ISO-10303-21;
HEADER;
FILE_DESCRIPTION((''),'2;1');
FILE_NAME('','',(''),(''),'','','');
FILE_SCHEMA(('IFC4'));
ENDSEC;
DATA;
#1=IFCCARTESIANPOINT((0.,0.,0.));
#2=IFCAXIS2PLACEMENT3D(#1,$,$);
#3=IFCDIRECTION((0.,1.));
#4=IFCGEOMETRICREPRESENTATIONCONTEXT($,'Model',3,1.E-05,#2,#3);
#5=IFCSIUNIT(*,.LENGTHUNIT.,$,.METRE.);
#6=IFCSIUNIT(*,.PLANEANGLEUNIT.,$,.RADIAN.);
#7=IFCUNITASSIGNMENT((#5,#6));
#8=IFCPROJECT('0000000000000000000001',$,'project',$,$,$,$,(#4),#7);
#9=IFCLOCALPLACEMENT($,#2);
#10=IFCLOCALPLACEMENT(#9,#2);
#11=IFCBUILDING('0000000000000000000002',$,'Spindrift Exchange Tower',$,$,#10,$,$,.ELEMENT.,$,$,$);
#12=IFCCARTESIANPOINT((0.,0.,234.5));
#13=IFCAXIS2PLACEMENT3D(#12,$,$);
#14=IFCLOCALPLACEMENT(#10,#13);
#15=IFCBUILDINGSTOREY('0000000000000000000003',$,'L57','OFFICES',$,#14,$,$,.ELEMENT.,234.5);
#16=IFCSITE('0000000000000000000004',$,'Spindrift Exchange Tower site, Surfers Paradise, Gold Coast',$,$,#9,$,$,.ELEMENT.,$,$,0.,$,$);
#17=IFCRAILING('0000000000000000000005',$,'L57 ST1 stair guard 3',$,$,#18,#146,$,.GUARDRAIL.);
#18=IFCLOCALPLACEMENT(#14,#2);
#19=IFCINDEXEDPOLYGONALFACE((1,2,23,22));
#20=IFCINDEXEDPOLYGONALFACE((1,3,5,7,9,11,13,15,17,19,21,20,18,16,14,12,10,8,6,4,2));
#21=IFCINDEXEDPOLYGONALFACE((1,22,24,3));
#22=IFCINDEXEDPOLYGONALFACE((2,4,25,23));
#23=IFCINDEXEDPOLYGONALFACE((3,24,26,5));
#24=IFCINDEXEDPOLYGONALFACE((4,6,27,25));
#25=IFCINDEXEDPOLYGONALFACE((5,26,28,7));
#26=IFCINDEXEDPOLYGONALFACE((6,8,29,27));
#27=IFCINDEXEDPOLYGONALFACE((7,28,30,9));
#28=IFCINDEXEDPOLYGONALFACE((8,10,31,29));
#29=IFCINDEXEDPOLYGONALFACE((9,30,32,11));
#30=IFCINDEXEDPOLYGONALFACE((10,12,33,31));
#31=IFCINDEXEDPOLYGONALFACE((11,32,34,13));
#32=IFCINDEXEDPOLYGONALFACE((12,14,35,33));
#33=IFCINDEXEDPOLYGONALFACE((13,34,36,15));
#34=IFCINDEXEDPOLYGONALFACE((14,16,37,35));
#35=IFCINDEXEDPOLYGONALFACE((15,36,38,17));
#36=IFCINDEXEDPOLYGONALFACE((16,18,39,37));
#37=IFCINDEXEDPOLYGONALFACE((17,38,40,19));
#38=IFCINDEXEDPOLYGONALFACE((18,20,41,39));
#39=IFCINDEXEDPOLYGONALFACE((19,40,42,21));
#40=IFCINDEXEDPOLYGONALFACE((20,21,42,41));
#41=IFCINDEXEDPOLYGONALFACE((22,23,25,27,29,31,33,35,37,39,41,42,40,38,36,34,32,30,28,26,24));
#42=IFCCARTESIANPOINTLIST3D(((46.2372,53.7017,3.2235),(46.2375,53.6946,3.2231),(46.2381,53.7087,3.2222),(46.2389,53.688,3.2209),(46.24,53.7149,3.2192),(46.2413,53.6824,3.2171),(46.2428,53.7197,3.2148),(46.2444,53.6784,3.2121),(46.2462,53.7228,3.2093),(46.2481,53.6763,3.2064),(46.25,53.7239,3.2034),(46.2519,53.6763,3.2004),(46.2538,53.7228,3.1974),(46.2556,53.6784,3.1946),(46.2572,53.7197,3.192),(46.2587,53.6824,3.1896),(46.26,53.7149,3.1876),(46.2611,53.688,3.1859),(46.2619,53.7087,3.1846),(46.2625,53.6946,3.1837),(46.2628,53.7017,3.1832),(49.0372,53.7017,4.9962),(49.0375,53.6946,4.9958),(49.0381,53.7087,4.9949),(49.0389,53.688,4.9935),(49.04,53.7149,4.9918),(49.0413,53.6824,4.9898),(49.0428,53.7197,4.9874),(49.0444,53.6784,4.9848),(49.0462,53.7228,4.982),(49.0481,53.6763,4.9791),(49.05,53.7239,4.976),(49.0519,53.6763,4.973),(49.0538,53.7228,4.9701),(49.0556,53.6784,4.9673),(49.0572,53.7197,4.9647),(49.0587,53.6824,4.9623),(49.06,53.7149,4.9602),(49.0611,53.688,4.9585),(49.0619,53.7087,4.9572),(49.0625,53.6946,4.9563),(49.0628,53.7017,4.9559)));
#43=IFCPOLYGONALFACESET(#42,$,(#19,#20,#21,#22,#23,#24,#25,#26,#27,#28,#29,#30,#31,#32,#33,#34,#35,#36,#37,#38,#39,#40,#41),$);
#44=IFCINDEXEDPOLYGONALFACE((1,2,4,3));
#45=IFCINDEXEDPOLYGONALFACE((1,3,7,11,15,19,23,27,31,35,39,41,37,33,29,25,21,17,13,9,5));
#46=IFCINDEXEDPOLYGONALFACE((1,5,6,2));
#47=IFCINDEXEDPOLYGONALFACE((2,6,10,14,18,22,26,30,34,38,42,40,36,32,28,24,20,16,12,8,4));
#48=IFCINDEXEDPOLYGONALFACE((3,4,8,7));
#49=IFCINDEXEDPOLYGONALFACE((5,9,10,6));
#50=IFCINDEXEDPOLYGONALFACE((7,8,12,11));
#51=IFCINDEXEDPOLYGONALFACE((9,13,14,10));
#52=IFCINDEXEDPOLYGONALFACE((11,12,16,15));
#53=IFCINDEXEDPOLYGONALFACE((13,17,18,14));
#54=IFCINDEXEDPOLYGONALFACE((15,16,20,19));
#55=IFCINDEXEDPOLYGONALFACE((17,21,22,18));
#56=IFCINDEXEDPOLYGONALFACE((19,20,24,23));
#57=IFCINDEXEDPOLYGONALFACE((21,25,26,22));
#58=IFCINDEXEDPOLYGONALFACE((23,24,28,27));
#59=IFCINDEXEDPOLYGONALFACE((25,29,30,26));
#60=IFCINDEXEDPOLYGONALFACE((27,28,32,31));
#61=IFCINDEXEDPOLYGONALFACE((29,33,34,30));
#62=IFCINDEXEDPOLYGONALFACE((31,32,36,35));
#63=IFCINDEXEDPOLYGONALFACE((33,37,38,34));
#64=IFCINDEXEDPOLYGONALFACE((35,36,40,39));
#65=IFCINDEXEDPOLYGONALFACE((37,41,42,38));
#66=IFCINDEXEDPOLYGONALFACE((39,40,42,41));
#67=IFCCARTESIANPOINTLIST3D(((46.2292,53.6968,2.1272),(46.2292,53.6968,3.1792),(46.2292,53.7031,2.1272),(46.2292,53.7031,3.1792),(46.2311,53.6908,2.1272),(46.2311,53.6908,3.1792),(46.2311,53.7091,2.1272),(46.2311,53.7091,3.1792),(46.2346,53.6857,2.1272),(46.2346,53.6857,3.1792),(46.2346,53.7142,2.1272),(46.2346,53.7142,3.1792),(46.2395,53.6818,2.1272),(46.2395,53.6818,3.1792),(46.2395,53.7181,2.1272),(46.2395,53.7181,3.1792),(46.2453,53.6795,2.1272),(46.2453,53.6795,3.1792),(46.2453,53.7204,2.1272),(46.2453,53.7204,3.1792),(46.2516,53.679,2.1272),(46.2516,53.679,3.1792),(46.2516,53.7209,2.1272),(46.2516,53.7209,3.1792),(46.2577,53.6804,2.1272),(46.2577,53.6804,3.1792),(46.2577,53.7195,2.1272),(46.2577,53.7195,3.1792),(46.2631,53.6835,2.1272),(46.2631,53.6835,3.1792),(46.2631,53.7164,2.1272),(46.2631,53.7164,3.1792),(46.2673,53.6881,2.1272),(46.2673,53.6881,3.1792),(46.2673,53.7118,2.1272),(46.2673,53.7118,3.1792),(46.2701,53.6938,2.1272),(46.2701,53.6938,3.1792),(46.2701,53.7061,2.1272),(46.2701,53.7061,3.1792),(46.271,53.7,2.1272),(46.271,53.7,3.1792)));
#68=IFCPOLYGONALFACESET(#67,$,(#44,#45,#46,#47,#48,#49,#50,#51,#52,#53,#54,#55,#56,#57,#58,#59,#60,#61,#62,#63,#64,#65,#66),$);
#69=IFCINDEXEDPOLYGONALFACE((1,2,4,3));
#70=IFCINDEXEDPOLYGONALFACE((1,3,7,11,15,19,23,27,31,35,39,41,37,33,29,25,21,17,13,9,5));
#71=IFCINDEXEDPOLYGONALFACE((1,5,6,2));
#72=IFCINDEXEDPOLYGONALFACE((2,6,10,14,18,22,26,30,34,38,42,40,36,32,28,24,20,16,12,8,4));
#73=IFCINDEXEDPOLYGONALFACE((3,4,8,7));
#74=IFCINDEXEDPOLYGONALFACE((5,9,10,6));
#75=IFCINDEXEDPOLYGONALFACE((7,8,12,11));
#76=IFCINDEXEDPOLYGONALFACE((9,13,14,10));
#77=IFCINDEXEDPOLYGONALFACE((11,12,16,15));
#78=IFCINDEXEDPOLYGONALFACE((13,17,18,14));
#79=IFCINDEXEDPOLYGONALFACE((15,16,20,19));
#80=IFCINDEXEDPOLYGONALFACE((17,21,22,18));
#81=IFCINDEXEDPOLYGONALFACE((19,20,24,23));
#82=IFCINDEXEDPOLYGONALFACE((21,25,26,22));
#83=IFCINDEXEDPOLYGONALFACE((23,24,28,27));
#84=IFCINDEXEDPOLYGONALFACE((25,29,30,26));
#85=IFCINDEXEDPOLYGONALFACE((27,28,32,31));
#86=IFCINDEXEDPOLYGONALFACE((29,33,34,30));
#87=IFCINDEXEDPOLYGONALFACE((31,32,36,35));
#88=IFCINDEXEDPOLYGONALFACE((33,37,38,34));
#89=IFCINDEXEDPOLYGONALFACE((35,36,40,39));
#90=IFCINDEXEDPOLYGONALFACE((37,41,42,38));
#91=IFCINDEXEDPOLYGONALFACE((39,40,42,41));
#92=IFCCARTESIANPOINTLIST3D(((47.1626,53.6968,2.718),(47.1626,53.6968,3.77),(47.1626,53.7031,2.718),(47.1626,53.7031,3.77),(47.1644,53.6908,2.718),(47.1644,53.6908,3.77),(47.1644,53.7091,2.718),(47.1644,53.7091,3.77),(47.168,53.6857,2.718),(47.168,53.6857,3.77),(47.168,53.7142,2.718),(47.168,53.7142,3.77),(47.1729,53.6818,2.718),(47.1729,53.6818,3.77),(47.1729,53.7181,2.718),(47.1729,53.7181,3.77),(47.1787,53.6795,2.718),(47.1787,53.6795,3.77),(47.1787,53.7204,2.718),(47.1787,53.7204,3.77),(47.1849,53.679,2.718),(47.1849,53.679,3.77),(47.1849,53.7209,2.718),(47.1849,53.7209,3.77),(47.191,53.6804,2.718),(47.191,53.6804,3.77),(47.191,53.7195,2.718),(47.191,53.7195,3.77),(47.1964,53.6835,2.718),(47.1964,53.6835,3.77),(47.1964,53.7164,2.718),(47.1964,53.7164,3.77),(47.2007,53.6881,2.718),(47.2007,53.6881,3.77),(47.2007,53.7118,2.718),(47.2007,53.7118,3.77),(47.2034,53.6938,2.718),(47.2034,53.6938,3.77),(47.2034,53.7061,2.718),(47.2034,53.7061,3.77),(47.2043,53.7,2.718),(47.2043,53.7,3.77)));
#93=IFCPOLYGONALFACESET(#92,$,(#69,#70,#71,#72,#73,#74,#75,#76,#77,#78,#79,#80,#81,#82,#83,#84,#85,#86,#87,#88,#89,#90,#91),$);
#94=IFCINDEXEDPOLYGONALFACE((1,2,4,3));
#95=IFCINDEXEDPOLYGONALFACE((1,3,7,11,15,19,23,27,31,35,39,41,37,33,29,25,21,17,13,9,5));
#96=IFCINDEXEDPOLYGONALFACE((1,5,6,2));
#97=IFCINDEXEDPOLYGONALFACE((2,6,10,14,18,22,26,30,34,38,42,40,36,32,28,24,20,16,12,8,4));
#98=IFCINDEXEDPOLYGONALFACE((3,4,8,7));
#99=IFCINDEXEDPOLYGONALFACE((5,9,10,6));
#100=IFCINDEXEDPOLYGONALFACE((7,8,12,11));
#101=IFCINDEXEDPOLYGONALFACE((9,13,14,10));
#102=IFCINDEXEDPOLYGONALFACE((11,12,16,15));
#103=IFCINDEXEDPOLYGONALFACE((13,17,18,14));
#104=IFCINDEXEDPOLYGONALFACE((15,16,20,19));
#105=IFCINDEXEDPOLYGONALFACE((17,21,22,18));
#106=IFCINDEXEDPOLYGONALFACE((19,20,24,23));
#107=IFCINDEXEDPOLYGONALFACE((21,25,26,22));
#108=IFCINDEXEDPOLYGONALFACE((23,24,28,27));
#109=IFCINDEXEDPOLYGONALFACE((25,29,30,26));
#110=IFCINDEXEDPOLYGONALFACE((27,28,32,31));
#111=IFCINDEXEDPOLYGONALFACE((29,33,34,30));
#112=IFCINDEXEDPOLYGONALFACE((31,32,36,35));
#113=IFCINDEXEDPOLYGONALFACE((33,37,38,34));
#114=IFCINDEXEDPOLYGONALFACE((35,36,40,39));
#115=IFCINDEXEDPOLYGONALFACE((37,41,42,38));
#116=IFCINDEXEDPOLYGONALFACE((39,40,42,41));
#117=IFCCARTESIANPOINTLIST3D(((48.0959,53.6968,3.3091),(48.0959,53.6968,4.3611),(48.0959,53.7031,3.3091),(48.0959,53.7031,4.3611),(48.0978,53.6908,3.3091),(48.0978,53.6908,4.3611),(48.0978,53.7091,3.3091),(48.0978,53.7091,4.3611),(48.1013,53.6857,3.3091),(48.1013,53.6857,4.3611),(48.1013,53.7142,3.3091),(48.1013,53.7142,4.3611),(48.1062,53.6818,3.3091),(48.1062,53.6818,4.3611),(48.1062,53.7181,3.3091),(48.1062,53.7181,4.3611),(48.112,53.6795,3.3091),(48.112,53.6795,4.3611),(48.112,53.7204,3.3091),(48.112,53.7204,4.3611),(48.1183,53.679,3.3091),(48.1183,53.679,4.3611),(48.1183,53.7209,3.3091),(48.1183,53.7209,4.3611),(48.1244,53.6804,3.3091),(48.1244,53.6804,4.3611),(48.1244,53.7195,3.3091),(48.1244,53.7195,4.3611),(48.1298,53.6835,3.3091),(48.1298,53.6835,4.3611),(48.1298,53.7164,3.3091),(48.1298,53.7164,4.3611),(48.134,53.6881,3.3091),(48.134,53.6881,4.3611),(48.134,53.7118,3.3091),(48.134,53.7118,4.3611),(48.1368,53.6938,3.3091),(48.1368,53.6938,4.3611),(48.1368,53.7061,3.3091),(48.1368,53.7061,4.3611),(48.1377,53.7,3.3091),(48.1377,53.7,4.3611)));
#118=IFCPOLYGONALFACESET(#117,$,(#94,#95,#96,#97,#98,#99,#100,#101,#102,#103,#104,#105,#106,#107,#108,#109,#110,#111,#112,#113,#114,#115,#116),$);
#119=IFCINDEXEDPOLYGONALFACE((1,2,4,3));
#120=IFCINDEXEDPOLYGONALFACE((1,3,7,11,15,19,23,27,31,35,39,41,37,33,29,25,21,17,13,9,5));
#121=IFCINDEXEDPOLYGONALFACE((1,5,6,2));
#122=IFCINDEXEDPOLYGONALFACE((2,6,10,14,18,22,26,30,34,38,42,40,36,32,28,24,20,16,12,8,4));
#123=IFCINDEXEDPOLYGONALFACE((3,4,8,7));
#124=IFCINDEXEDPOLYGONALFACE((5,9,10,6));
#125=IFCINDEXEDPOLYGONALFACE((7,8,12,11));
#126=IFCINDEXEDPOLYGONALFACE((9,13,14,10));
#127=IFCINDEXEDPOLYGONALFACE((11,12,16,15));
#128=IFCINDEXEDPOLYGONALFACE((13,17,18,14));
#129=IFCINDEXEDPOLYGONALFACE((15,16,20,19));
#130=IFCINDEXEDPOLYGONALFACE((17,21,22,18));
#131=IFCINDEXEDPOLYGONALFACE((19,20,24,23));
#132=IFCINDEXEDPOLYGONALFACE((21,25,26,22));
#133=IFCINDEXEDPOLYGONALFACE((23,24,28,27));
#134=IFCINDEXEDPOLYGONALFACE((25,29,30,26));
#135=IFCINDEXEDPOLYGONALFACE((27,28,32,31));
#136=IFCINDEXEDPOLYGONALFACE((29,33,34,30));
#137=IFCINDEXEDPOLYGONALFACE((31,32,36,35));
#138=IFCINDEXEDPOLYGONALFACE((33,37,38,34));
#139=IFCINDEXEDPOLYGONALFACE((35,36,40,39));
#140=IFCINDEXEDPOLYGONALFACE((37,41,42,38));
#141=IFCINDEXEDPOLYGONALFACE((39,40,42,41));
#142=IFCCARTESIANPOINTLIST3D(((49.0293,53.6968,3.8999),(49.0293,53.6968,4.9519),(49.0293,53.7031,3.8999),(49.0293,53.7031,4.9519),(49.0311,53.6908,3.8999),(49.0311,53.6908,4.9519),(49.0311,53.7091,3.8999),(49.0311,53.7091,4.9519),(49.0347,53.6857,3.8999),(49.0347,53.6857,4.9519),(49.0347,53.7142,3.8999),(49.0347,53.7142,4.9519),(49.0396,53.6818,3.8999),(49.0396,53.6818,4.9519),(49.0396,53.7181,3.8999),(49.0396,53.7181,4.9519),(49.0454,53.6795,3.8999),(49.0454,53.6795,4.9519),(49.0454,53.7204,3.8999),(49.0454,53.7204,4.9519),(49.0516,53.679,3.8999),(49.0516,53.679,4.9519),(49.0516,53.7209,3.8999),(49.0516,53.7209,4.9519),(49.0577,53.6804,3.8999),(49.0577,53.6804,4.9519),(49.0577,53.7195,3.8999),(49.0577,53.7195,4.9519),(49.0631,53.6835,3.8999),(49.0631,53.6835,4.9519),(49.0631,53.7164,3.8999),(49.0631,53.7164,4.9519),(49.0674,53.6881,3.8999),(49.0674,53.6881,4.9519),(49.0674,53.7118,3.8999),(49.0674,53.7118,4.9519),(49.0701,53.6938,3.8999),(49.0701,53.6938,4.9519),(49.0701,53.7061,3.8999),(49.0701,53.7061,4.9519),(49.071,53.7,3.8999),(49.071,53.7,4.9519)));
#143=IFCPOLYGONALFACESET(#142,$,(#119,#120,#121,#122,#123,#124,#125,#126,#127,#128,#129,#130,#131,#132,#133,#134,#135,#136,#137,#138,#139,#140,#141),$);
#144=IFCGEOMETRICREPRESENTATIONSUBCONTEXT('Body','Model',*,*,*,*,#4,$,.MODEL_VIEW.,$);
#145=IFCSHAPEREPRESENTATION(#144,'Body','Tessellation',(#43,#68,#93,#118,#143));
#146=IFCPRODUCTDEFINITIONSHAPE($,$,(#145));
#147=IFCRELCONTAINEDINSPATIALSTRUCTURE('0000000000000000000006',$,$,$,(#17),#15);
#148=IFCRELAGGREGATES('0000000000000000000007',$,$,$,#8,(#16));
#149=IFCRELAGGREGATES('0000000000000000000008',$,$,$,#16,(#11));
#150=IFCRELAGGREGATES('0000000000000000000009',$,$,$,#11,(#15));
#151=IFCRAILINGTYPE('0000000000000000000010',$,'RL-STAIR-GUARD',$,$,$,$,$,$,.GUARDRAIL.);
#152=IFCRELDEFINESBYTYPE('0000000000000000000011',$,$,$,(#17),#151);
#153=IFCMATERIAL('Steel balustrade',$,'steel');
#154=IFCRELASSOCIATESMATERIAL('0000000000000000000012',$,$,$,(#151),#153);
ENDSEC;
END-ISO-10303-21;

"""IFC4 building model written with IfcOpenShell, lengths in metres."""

from ifc_helpers import new_model, si_unit, direction, frame, origin, origin_2d, place, context, subcontext, project, spatial, circle, extrude, material, type_object, element, save


model = new_model("IFC4")

# Units and contexts
model_context = context("Model", 3, precision=1e-05, world=origin(), true_north=direction((0.0, 1.0)))
body_context = subcontext(model_context, "Body", "Model", "MODEL_VIEW")
ifc_project = project(units=[si_unit("LENGTHUNIT", "METRE"), si_unit("PLANEANGLEUNIT", "RADIAN")], contexts=[model_context])

# Site, building, storey
site_placement = place(None, origin())
site = spatial("IfcSite", under=ifc_project, at=site_placement, Name="Spindrift Exchange Tower site, Surfers Paradise, Gold Coast", CompositionType="ELEMENT", RefElevation=0.0)
building_placement = place(site_placement, origin())
building = spatial("IfcBuilding", under=site, at=building_placement, Name="Spindrift Exchange Tower", CompositionType="ELEMENT")
storey_placement = place(building_placement, frame((0.0, 0.0, 234.5)))
storey = spatial("IfcBuildingStorey", under=building, at=storey_placement, Name="L57", Description="OFFICES", CompositionType="ELEMENT", Elevation=234.5)

# Railing
ifc_material_1 = material(Name="Steel balustrade", Category="steel")
railing_type_1 = type_object("IfcRailingType", Name="RL-STAIR-GUARD", PredefinedType="GUARDRAIL", material=ifc_material_1)
railing_1_placement = place(storey_placement, frame((46.25, 53.7, 2.1272)))
element("IfcRailing", 1, at=railing_1_placement, inside=storey, type_object=railing_type_1, Name="L57 ST1 stair guard 3", PredefinedType="GUARDRAIL", context=body_context, shape_type="SweptSolid", body=[
    extrude(circle(Radius=0.0239, at=origin_2d()), frame((0.0, 0.0, 1.0762), z_axis=(0.844909, 0.0, 0.53491), x_axis=(0.0, 1.0, 0.0)), (0.0, 0.0, 1.0), 3.314),
    extrude(circle(Radius=0.021, at=origin_2d()), origin(), (0.0, 0.0, 1.0), 1.052),
    extrude(circle(Radius=0.021, at=origin_2d()), frame((0.9333, 0.0, 0.5908)), (0.0, 0.0, 1.0), 1.052),
    extrude(circle(Radius=0.021, at=origin_2d()), frame((1.8667, 0.0, 1.1819)), (0.0, 0.0, 1.0), 1.052),
    extrude(circle(Radius=0.021, at=origin_2d()), frame((2.8, 0.0, 1.7727)), (0.0, 0.0, 1.0), 1.052),
])

save(model, "model.ifc")
